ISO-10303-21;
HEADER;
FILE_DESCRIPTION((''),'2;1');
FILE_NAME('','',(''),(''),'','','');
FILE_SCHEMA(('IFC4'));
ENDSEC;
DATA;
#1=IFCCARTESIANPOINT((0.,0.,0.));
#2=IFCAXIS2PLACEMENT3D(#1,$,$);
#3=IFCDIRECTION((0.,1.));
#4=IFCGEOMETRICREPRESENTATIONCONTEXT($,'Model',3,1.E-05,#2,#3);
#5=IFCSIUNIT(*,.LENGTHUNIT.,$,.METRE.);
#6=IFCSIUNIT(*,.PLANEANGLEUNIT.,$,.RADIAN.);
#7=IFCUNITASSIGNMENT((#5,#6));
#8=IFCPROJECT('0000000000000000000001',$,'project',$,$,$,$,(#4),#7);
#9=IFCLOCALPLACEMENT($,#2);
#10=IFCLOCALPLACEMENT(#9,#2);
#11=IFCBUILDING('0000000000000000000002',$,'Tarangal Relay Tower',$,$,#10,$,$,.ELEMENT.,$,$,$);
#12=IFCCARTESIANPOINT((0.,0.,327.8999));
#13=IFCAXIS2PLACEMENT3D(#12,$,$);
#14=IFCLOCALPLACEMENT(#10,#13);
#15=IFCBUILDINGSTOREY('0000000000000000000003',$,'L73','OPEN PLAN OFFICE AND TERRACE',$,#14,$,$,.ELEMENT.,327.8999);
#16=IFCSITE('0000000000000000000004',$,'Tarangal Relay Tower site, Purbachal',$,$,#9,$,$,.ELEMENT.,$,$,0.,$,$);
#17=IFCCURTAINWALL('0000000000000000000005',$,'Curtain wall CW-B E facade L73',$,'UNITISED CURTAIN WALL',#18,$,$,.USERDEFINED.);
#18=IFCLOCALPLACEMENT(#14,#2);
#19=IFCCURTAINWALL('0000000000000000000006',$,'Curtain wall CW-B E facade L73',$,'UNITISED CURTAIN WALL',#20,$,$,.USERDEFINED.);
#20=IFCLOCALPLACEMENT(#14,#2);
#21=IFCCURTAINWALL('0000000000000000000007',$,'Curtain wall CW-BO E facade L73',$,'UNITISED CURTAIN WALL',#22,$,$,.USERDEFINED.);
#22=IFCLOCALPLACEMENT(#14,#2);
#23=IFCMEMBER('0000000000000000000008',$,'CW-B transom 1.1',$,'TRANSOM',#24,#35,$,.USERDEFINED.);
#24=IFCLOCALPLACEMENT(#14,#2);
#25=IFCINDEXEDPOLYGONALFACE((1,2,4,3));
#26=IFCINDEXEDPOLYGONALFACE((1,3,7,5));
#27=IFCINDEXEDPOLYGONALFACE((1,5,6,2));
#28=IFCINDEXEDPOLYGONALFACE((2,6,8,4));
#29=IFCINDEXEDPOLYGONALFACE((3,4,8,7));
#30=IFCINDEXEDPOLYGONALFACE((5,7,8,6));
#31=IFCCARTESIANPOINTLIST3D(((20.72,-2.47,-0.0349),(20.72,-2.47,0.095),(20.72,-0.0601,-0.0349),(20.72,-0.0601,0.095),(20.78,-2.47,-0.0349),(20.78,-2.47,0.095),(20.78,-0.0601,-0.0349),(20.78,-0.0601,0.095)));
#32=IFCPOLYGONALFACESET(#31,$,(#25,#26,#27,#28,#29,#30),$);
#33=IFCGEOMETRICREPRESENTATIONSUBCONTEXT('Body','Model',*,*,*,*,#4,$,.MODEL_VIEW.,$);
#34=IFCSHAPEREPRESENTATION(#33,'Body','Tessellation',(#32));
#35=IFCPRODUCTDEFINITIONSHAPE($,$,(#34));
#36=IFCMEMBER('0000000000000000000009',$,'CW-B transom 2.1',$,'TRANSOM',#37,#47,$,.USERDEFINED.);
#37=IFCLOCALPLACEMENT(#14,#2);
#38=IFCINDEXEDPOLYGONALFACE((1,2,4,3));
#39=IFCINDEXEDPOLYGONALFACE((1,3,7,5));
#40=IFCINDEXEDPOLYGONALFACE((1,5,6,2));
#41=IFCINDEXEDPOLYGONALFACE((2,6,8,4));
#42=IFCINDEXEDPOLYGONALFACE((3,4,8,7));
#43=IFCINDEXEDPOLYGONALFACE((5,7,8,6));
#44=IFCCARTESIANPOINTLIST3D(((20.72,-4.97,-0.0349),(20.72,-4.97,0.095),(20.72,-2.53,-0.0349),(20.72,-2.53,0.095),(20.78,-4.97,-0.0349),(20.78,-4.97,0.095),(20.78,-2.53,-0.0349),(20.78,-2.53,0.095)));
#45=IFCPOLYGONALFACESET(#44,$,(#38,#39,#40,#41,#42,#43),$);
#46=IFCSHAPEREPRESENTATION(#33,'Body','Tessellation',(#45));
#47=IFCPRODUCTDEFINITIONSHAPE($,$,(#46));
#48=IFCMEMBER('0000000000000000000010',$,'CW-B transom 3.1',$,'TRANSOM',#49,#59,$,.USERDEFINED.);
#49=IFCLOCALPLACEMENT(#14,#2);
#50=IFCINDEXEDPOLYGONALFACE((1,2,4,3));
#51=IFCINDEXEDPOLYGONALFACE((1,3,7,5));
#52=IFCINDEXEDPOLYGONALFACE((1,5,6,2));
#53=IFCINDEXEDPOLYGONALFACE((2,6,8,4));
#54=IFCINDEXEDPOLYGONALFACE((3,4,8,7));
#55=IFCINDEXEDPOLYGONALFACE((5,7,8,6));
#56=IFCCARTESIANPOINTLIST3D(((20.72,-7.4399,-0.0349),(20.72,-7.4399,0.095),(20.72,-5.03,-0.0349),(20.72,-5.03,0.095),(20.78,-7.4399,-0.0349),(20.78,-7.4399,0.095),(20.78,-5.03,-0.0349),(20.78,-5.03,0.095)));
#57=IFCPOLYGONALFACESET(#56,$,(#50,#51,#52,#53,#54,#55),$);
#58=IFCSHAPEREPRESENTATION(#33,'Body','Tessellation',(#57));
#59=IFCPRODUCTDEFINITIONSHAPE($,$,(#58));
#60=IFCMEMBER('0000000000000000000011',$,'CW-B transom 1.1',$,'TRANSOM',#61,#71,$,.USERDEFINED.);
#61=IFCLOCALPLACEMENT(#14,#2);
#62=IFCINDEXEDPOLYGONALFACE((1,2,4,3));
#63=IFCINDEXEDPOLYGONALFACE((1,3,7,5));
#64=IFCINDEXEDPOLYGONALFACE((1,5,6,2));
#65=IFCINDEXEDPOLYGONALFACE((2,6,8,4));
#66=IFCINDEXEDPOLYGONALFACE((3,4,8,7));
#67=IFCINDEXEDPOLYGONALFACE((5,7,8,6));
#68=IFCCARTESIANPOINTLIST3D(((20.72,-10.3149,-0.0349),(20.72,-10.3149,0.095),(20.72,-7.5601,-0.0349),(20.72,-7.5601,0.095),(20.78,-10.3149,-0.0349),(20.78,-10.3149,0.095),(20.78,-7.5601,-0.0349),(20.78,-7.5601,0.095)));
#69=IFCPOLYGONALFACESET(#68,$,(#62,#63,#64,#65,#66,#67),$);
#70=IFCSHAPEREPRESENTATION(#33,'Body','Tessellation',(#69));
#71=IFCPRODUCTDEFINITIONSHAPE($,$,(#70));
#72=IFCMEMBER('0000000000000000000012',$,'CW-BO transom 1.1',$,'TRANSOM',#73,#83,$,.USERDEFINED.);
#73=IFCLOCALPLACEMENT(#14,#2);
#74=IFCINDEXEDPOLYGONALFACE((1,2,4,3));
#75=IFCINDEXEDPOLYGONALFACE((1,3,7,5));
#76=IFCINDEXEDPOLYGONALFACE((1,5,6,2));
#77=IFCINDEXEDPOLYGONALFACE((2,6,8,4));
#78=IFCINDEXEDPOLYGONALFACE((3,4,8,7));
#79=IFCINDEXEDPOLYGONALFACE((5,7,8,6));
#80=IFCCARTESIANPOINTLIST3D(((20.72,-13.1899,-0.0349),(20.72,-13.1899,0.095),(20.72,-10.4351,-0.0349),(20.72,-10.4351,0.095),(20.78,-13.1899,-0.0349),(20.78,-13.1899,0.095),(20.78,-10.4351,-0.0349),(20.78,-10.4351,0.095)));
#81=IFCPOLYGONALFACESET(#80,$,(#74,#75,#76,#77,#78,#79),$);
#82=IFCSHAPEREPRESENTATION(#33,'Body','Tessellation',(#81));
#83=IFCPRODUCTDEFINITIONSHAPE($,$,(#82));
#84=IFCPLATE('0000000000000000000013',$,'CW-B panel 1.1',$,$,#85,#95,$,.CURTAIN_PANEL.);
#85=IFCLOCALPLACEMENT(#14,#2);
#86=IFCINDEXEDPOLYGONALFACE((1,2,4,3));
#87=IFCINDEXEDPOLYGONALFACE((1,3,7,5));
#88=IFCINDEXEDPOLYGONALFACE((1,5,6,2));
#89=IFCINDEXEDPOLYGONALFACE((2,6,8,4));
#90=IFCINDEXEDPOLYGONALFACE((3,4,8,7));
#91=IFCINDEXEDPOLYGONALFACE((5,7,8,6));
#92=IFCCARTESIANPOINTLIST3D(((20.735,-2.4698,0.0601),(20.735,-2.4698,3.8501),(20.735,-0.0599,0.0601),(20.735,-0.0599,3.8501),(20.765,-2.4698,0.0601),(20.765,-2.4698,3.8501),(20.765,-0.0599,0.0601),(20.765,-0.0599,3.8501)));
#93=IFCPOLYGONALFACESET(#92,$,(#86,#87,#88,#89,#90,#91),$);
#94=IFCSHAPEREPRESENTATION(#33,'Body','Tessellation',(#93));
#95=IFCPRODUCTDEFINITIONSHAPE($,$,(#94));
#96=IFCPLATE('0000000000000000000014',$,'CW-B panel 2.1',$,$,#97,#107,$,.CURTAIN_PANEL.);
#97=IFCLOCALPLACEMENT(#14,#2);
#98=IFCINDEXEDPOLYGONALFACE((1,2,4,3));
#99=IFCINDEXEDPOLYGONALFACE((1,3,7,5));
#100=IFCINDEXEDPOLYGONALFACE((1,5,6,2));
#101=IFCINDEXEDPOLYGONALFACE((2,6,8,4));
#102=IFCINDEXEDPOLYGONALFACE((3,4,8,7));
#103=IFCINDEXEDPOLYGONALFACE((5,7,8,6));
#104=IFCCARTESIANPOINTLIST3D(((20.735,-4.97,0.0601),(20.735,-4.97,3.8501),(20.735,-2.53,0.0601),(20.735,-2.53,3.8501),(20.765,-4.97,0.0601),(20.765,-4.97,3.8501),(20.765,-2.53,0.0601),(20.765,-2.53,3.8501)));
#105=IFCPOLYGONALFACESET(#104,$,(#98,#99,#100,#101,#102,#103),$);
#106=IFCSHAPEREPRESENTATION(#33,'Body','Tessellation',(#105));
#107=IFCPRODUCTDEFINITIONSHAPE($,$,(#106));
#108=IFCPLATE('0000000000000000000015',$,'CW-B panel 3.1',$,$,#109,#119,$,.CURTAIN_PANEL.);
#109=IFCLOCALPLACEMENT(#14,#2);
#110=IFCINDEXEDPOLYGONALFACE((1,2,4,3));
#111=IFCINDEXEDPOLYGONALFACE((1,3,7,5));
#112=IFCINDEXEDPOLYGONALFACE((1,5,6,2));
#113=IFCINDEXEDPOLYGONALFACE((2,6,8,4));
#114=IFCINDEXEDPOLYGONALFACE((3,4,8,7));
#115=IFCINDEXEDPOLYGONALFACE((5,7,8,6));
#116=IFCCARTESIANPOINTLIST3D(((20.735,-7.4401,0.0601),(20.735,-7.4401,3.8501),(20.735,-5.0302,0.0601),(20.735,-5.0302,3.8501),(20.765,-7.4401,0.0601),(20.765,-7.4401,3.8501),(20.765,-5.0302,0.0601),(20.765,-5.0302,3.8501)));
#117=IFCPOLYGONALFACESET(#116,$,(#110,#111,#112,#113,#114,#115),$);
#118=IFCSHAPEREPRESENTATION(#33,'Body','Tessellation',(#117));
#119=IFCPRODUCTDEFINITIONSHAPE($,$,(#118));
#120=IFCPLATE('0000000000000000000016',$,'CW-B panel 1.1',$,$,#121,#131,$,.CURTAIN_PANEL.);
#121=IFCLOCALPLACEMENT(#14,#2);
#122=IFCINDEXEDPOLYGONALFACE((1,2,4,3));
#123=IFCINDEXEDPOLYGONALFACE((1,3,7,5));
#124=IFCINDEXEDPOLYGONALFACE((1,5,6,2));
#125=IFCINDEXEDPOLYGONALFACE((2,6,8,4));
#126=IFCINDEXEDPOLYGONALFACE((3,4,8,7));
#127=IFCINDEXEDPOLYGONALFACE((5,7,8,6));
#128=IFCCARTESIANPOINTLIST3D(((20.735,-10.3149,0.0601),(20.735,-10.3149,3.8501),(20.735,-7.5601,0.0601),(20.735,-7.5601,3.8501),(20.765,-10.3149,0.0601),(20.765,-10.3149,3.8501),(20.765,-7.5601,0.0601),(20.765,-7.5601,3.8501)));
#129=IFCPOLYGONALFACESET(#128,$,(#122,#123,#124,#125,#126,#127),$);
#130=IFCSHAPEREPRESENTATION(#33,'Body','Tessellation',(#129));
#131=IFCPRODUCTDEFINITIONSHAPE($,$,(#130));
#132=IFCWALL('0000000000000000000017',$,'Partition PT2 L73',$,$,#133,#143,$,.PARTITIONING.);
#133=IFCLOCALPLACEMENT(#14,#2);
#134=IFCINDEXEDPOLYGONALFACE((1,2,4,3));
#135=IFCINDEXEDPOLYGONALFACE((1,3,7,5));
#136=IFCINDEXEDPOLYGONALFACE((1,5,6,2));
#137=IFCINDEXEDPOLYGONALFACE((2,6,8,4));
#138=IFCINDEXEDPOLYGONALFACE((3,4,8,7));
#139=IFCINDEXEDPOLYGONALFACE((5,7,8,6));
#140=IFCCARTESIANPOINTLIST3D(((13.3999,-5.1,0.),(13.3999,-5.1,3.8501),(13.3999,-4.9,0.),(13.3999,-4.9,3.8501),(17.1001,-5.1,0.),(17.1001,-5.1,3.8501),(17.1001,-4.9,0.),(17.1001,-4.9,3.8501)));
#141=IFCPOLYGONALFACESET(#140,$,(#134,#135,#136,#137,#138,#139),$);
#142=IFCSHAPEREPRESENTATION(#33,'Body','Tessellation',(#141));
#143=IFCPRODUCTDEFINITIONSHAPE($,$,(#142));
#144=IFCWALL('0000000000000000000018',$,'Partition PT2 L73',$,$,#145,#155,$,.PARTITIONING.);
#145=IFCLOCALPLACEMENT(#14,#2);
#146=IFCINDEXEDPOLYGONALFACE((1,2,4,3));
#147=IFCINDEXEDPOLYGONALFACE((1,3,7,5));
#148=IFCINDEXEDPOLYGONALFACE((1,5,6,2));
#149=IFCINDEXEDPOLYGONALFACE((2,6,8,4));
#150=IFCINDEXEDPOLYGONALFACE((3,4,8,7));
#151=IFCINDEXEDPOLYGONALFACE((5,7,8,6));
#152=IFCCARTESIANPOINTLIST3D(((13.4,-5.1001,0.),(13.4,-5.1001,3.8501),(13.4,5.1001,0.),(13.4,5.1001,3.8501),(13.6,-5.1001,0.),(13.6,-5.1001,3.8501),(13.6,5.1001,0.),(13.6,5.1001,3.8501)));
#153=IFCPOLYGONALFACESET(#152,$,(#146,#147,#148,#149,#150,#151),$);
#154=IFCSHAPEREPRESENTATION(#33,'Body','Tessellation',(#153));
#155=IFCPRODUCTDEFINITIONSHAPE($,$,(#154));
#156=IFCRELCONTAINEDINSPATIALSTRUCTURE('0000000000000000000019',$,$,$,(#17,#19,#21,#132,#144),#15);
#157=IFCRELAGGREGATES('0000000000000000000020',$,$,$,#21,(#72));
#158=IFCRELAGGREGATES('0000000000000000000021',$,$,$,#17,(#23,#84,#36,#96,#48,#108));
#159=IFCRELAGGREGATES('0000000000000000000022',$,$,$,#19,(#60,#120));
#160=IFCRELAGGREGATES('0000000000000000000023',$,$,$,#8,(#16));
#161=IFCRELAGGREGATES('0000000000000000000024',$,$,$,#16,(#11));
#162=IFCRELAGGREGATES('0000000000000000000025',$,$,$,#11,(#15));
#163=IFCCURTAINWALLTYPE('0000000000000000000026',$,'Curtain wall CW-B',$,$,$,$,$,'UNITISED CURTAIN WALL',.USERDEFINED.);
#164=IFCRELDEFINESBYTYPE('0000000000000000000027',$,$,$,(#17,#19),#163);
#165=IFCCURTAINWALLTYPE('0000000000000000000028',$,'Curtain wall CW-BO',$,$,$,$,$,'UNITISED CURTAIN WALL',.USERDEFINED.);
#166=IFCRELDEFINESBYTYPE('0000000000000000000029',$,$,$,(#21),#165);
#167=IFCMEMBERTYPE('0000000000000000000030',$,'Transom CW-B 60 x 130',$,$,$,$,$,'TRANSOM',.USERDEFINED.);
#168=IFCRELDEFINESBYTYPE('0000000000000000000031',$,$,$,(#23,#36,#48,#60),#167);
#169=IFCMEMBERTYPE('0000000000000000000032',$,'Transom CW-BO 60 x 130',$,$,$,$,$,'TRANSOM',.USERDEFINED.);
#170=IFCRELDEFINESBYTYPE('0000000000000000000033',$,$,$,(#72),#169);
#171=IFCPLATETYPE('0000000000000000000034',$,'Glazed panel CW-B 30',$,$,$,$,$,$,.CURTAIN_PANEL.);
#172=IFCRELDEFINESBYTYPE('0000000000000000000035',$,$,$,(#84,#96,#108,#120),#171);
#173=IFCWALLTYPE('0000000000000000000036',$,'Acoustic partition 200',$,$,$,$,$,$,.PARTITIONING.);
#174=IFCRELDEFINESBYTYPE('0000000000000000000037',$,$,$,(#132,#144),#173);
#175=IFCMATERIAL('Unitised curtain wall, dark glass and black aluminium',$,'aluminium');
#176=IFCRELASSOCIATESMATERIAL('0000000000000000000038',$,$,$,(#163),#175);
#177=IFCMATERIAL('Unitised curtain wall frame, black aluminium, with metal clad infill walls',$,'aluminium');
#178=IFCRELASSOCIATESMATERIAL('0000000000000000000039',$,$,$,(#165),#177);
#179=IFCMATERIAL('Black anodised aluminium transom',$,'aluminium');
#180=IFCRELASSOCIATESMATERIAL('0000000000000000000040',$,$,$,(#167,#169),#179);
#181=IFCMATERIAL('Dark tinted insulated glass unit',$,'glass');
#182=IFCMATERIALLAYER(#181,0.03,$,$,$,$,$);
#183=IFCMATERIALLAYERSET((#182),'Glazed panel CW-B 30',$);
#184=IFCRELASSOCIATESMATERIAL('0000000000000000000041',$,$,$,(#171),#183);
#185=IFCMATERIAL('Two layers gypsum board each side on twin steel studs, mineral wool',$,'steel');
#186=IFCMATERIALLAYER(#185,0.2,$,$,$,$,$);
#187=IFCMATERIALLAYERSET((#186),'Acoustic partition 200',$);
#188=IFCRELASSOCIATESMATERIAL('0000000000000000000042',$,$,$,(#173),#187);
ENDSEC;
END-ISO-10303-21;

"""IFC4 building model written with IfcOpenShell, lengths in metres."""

from ifc_helpers import new_model, si_unit, direction, frame, frame_2d, origin, origin_2d, place, context, subcontext, project, spatial, rectangle, extrude, material, layer, layer_set, material_profile, profile_set, type_object, element, aggregate, save


model = new_model("IFC4")

# Units and contexts
model_context = context("Model", 3, precision=1e-05, world=origin(), true_north=direction((0.0, 1.0)))
body_context = subcontext(model_context, "Body", "Model", "MODEL_VIEW")
ifc_project = project(units=[si_unit("LENGTHUNIT", "METRE"), si_unit("PLANEANGLEUNIT", "RADIAN")], contexts=[model_context])

# Site, building, storey
site_placement = place(None, origin())
site = spatial("IfcSite", under=ifc_project, at=site_placement, Name="Tarangal Relay Tower site, Purbachal", CompositionType="ELEMENT", RefElevation=0.0)
building_placement = place(site_placement, origin())
building = spatial("IfcBuilding", under=site, at=building_placement, Name="Tarangal Relay Tower", CompositionType="ELEMENT")
storey_placement = place(building_placement, frame((0.0, 0.0, 327.8999)))
storey = spatial("IfcBuildingStorey", under=building, at=storey_placement, Name="L73", Description="OPEN PLAN OFFICE AND TERRACE", CompositionType="ELEMENT", Elevation=327.8999)

# Curtain walls
ifc_material_1 = material(Name="Unitised curtain wall, dark glass and black aluminium", Category="aluminium")
curtain_wall_type_1 = type_object("IfcCurtainWallType", Name="Curtain wall CW-B", ElementType="UNITISED CURTAIN WALL", PredefinedType="USERDEFINED", material=ifc_material_1)
curtain_wall_1_placement = place(storey_placement, origin())
curtain_wall_1 = element("IfcCurtainWall", 1, at=curtain_wall_1_placement, inside=storey, type_object=curtain_wall_type_1, Name="Curtain wall CW-B E facade L73", ObjectType="UNITISED CURTAIN WALL", PredefinedType="USERDEFINED")
curtain_wall_2_placement = place(storey_placement, origin())
curtain_wall_2 = element("IfcCurtainWall", 2, at=curtain_wall_2_placement, inside=storey, type_object=curtain_wall_type_1, Name="Curtain wall CW-B E facade L73", ObjectType="UNITISED CURTAIN WALL", PredefinedType="USERDEFINED")

# Curtain wall
ifc_material_2 = material(Name="Unitised curtain wall frame, black aluminium, with metal clad infill walls", Category="aluminium")
curtain_wall_type_2 = type_object("IfcCurtainWallType", Name="Curtain wall CW-BO", ElementType="UNITISED CURTAIN WALL", PredefinedType="USERDEFINED", material=ifc_material_2)
curtain_wall_3_placement = place(storey_placement, origin())
curtain_wall_3 = element("IfcCurtainWall", 3, at=curtain_wall_3_placement, inside=storey, type_object=curtain_wall_type_2, Name="Curtain wall CW-BO E facade L73", ObjectType="UNITISED CURTAIN WALL", PredefinedType="USERDEFINED")

# Members
ifc_material_3 = material(Name="Black anodised aluminium transom", Category="aluminium")
ifc_material_profile_1 = material_profile(ifc_material_3, rectangle(XDim=0.0601, YDim=0.1299, at=origin_2d()), Name="CW-BT 60X130")
ifc_profile_set_1 = profile_set([ifc_material_profile_1], Name="Black anodised aluminium transom")
member_type_1 = type_object("IfcMemberType", Name="Transom CW-B 60 x 130", ElementType="TRANSOM", PredefinedType="USERDEFINED", material=ifc_profile_set_1)
member_1_placement = place(storey_placement, frame((20.75, -0.0601, 0.03), z_axis=(0.0, -1.0, 0.0), x_axis=(1.0, 0.0, 0.0)))
member_1 = element("IfcMember", 4, at=member_1_placement, type_object=member_type_1, Name="CW-B transom 1.1", ObjectType="TRANSOM", PredefinedType="USERDEFINED", context=body_context, shape_type="SweptSolid", body=[
    extrude(rectangle(XDim=0.0601, YDim=0.1299, at=origin_2d()), origin(), (0.0, 0.0, 1.0), 2.4099),
])
member_2_placement = place(storey_placement, frame((20.75, -2.53, 0.03), z_axis=(0.0, -1.0, 0.0), x_axis=(1.0, 0.0, 0.0)))
member_2 = element("IfcMember", 5, at=member_2_placement, type_object=member_type_1, Name="CW-B transom 2.1", ObjectType="TRANSOM", PredefinedType="USERDEFINED", context=body_context, shape_type="SweptSolid", body=[
    extrude(rectangle(XDim=0.0601, YDim=0.1299, at=origin_2d()), origin(), (0.0, 0.0, 1.0), 2.4399),
])
member_3_placement = place(storey_placement, frame((20.75, -5.03, 0.03), z_axis=(0.0, -1.0, 0.0), x_axis=(1.0, 0.0, 0.0)))
member_3 = element("IfcMember", 6, at=member_3_placement, type_object=member_type_1, Name="CW-B transom 3.1", ObjectType="TRANSOM", PredefinedType="USERDEFINED", context=body_context, shape_type="SweptSolid", body=[
    extrude(rectangle(XDim=0.0601, YDim=0.1299, at=origin_2d()), origin(), (0.0, 0.0, 1.0), 2.4099),
])
member_4_placement = place(storey_placement, frame((20.75, -7.5601, 0.03), z_axis=(0.0, -1.0, 0.0), x_axis=(1.0, 0.0, 0.0)))
member_4 = element("IfcMember", 7, at=member_4_placement, type_object=member_type_1, Name="CW-B transom 1.1", ObjectType="TRANSOM", PredefinedType="USERDEFINED", context=body_context, shape_type="SweptSolid", body=[
    extrude(rectangle(XDim=0.0601, YDim=0.1299, at=origin_2d()), origin(), (0.0, 0.0, 1.0), 2.7549),
])
ifc_material_profile_2 = material_profile(ifc_material_3, rectangle(XDim=0.0601, YDim=0.1299, at=origin_2d()), Name="CW-BOT 60X130")
ifc_profile_set_2 = profile_set([ifc_material_profile_2], Name="Black anodised aluminium transom")
member_type_2 = type_object("IfcMemberType", Name="Transom CW-BO 60 x 130", ElementType="TRANSOM", PredefinedType="USERDEFINED", material=ifc_profile_set_2)
member_5_placement = place(storey_placement, frame((20.75, -10.4351, 0.03), z_axis=(0.0, -1.0, 0.0), x_axis=(1.0, 0.0, 0.0)))
member_5 = element("IfcMember", 8, at=member_5_placement, type_object=member_type_2, Name="CW-BO transom 1.1", ObjectType="TRANSOM", PredefinedType="USERDEFINED", context=body_context, shape_type="SweptSolid", body=[
    extrude(rectangle(XDim=0.0601, YDim=0.1299, at=origin_2d()), origin(), (0.0, 0.0, 1.0), 2.7549),
])
aggregate(curtain_wall_3, [member_5])

# Plates
ifc_material_4 = material(Name="Dark tinted insulated glass unit", Category="glass")
ifc_layer_1 = layer(ifc_material_4, 0.03)
ifc_layer_set_1 = layer_set([ifc_layer_1], Name="Glazed panel CW-B 30")
plate_type = type_object("IfcPlateType", Name="Glazed panel CW-B 30", PredefinedType="CURTAIN_PANEL", material=ifc_layer_set_1)
plate_1_placement = place(storey_placement, frame((20.75, -1.2649, 0.0601), z_axis=(0.0, 0.0, 1.0), x_axis=(0.0, -1.0, 0.0)))
plate_1 = element("IfcPlate", 9, at=plate_1_placement, type_object=plate_type, Name="CW-B panel 1.1", PredefinedType="CURTAIN_PANEL", context=body_context, shape_type="SweptSolid", body=[
    extrude(rectangle(XDim=2.4099, YDim=0.03, at=origin_2d()), origin(), (0.0, 0.0, 1.0), 3.79),
])
plate_2_placement = place(storey_placement, frame((20.75, -3.75, 0.0601), z_axis=(0.0, 0.0, 1.0), x_axis=(0.0, -1.0, 0.0)))
plate_2 = element("IfcPlate", 10, at=plate_2_placement, type_object=plate_type, Name="CW-B panel 2.1", PredefinedType="CURTAIN_PANEL", context=body_context, shape_type="SweptSolid", body=[
    extrude(rectangle(XDim=2.4399, YDim=0.03, at=origin_2d()), origin(), (0.0, 0.0, 1.0), 3.79),
])
plate_3_placement = place(storey_placement, frame((20.75, -6.2351, 0.0601), z_axis=(0.0, 0.0, 1.0), x_axis=(0.0, -1.0, 0.0)))
plate_3 = element("IfcPlate", 11, at=plate_3_placement, type_object=plate_type, Name="CW-B panel 3.1", PredefinedType="CURTAIN_PANEL", context=body_context, shape_type="SweptSolid", body=[
    extrude(rectangle(XDim=2.4099, YDim=0.03, at=origin_2d()), origin(), (0.0, 0.0, 1.0), 3.79),
])
aggregate(curtain_wall_1, [member_1, plate_1, member_2, plate_2, member_3, plate_3])
plate_4_placement = place(storey_placement, frame((20.75, -8.9375, 0.0601), z_axis=(0.0, 0.0, 1.0), x_axis=(0.0, -1.0, 0.0)))
plate_4 = element("IfcPlate", 12, at=plate_4_placement, type_object=plate_type, Name="CW-B panel 1.1", PredefinedType="CURTAIN_PANEL", context=body_context, shape_type="SweptSolid", body=[
    extrude(rectangle(XDim=2.7549, YDim=0.03, at=origin_2d()), origin(), (0.0, 0.0, 1.0), 3.79),
])
aggregate(curtain_wall_2, [member_4, plate_4])

# Walls
ifc_material_5 = material(Name="Two layers gypsum board each side on twin steel studs, mineral wool", Category="steel")
ifc_layer_2 = layer(ifc_material_5, 0.2)
ifc_layer_set_2 = layer_set([ifc_layer_2], Name="Acoustic partition 200")
wall_type_1 = type_object("IfcWallType", Name="Acoustic partition 200", PredefinedType="PARTITIONING", material=ifc_layer_set_2)
wall_1_placement = place(storey_placement, frame((13.3999, -5.0, 0.0), z_axis=(0.0, 0.0, 1.0), x_axis=(1.0, 0.0, 0.0)))
element("IfcWall", 13, at=wall_1_placement, inside=storey, type_object=wall_type_1, Name="Partition PT2 L73", PredefinedType="PARTITIONING", context=body_context, shape_type="SweptSolid", body=[
    extrude(rectangle(XDim=3.7002, YDim=0.2, at=frame_2d((1.8501, 0.0))), origin(), (0.0, 0.0, 1.0), 3.8501),
])
wall_2_placement = place(storey_placement, frame((13.5, -5.1001, 0.0), z_axis=(0.0, 0.0, 1.0), x_axis=(0.0, 1.0, 0.0)))
element("IfcWall", 14, at=wall_2_placement, inside=storey, type_object=wall_type_1, Name="Partition PT2 L73", PredefinedType="PARTITIONING", context=body_context, shape_type="SweptSolid", body=[
    extrude(rectangle(XDim=10.2002, YDim=0.2, at=frame_2d((5.1001, 0.0))), origin(), (0.0, 0.0, 1.0), 3.8501),
])

save(model, "model.ifc")
